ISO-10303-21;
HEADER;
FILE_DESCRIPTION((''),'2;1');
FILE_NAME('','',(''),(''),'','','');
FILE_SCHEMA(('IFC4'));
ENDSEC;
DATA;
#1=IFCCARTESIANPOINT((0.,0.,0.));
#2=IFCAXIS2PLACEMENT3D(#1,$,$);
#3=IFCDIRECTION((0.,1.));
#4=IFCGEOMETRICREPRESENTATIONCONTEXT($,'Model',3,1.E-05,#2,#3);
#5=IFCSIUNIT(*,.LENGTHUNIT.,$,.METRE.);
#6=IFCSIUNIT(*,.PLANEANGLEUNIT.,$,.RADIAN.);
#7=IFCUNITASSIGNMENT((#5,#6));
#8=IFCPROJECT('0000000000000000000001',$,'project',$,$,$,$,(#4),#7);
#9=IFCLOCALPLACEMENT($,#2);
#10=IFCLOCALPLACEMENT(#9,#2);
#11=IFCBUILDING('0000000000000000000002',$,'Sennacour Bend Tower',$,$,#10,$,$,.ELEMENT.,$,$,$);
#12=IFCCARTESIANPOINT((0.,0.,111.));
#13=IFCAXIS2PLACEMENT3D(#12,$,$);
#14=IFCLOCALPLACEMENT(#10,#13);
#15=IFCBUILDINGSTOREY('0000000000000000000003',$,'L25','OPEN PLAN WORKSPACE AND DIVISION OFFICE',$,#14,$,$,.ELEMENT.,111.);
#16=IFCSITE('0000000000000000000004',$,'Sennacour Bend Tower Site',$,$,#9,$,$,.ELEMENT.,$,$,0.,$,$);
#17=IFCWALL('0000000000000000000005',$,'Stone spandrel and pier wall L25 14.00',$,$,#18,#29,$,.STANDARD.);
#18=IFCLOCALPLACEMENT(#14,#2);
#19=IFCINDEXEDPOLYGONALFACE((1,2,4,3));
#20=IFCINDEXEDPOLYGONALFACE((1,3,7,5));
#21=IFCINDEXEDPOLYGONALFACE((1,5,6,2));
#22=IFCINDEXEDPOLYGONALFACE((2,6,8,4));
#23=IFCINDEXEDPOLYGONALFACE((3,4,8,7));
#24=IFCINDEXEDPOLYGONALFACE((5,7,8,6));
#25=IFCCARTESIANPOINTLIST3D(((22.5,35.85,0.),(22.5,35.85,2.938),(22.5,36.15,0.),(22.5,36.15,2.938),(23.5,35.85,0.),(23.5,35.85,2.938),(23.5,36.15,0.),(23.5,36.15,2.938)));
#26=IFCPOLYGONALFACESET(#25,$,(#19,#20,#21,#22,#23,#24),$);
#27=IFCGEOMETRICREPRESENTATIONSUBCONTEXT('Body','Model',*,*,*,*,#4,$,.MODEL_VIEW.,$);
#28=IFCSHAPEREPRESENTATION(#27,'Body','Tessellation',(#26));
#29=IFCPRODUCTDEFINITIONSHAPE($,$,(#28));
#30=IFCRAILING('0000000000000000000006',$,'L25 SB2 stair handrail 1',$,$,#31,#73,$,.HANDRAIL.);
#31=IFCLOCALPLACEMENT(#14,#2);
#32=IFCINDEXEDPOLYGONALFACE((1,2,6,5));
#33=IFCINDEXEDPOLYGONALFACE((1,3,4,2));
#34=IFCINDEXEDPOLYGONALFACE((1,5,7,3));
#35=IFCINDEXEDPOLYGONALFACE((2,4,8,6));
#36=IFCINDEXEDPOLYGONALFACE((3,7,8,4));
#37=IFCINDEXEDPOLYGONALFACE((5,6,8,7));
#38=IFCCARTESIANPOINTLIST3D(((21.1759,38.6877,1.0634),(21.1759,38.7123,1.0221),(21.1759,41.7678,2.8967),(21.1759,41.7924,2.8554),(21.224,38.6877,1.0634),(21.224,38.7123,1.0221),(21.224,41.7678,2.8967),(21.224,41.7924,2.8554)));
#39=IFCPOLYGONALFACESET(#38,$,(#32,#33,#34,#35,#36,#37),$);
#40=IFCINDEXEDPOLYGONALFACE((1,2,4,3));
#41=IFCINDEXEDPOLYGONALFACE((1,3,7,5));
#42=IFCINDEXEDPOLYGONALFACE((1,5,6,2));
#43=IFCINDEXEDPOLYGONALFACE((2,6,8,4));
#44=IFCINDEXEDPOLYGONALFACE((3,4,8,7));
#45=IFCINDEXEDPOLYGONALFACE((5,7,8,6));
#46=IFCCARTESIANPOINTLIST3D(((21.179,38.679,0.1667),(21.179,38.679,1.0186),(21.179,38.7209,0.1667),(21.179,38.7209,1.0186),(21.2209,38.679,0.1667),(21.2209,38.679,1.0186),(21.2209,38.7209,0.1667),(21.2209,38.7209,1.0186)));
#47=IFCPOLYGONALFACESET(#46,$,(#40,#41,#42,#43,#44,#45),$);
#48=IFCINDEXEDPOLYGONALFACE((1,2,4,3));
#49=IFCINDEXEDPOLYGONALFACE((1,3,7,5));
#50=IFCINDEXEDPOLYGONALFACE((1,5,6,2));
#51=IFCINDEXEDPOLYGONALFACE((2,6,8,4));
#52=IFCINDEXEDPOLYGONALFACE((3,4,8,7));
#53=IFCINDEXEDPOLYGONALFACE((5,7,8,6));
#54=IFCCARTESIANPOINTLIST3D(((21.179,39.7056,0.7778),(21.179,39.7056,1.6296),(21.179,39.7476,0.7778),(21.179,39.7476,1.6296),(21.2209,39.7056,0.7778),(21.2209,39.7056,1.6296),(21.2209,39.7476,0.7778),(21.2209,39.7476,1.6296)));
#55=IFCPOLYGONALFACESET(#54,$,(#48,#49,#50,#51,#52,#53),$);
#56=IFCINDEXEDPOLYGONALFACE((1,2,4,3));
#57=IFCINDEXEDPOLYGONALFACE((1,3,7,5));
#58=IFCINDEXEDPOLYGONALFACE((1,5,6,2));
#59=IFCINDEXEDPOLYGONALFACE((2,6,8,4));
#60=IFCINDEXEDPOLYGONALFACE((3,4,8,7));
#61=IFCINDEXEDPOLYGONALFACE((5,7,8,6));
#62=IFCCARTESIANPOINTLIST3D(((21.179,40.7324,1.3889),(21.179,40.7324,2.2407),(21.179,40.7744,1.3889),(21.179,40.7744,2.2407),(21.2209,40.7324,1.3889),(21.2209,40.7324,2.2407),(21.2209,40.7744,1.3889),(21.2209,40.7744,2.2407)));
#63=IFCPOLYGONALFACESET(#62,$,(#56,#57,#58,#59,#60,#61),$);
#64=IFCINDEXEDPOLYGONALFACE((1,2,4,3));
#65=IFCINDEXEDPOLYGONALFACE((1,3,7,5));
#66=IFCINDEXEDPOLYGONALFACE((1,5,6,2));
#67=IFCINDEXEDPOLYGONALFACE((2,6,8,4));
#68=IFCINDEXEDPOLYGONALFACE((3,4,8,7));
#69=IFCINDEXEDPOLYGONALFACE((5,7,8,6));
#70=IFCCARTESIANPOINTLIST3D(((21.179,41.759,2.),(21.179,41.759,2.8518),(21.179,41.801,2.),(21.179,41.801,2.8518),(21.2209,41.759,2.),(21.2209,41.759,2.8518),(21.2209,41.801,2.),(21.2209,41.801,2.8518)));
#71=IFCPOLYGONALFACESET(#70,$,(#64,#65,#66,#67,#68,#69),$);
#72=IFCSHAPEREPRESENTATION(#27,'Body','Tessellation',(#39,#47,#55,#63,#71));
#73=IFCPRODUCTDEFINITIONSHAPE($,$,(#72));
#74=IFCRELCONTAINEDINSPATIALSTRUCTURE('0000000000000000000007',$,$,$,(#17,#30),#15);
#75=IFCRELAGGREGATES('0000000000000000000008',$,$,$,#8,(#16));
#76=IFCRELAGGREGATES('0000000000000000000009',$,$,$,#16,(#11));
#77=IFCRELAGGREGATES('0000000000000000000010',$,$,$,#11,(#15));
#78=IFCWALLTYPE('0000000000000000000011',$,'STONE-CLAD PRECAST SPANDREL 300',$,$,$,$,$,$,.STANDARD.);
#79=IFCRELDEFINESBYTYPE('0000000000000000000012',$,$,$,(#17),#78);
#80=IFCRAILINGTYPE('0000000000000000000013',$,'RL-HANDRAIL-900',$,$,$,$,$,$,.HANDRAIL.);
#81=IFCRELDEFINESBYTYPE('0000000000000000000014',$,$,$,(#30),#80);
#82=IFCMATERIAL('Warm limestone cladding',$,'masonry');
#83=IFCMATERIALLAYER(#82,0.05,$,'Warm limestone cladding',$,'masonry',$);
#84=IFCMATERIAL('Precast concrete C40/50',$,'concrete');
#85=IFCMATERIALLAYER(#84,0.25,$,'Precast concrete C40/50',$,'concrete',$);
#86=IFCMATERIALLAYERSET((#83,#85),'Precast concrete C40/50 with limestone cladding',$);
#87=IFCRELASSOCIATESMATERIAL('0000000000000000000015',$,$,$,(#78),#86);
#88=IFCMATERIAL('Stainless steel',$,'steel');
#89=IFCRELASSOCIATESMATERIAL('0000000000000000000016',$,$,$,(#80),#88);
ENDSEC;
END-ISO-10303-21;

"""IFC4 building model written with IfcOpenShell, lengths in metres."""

from ifc_helpers import new_model, si_unit, direction, frame, frame_2d, origin, origin_2d, place, context, subcontext, project, spatial, rectangle, extrude, material, layer, layer_set, type_object, element, save


model = new_model("IFC4")

# Units and contexts
model_context = context("Model", 3, precision=1e-05, world=origin(), true_north=direction((0.0, 1.0)))
body_context = subcontext(model_context, "Body", "Model", "MODEL_VIEW")
ifc_project = project(units=[si_unit("LENGTHUNIT", "METRE"), si_unit("PLANEANGLEUNIT", "RADIAN")], contexts=[model_context])

# Site, building, storey
site_placement = place(None, origin())
site = spatial("IfcSite", under=ifc_project, at=site_placement, Name="Sennacour Bend Tower Site", CompositionType="ELEMENT", RefElevation=0.0)
building_placement = place(site_placement, origin())
building = spatial("IfcBuilding", under=site, at=building_placement, Name="Sennacour Bend Tower", CompositionType="ELEMENT")
storey_placement = place(building_placement, frame((0.0, 0.0, 111.0)))
storey = spatial("IfcBuildingStorey", under=building, at=storey_placement, Name="L25", Description="OPEN PLAN WORKSPACE AND DIVISION OFFICE", CompositionType="ELEMENT", Elevation=111.0)

# Shared definitions
ifc_material_1 = material(Name="Warm limestone cladding", Category="masonry")
ifc_layer_1 = layer(ifc_material_1, 0.05, Name="Warm limestone cladding", Category="masonry")
ifc_material_2 = material(Name="Precast concrete C40/50", Category="concrete")
ifc_layer_2 = layer(ifc_material_2, 0.25, Name="Precast concrete C40/50", Category="concrete")
ifc_layer_set_1 = layer_set([ifc_layer_1, ifc_layer_2], Name="Precast concrete C40/50 with limestone cladding")
wall_type_1 = type_object("IfcWallType", Name="STONE-CLAD PRECAST SPANDREL 300", PredefinedType="STANDARD", material=ifc_layer_set_1)

# Wall
wall_1_placement = place(storey_placement, frame((23.5, 36.0, 0.0), z_axis=(0.0, 0.0, 1.0), x_axis=(-1.0, 0.0, 0.0)))
element("IfcWall", 1, at=wall_1_placement, inside=storey, type_object=wall_type_1, Name="Stone spandrel and pier wall L25 14.00", PredefinedType="STANDARD", context=body_context, shape_type="SweptSolid", body=[
    extrude(rectangle(XDim=1.0, YDim=0.3, at=frame_2d((0.5, 0.0))), origin(), (0.0, 0.0, 1.0), 2.938),
])

# Railing
ifc_material_3 = material(Name="Stainless steel", Category="steel")
railing_type = type_object("IfcRailingType", Name="RL-HANDRAIL-900", PredefinedType="HANDRAIL", material=ifc_material_3)
railing_placement = place(storey_placement, frame((21.2, 38.7, 0.1667)))
element("IfcRailing", 2, at=railing_placement, inside=storey, type_object=railing_type, Name="L25 SB2 stair handrail 1", PredefinedType="HANDRAIL", context=body_context, shape_type="SweptSolid", body=[
    extrude(rectangle(XDim=0.0481, YDim=0.0481, at=origin_2d()), frame((0.0, 0.0, 0.876), z_axis=(0.0, 0.859309, 0.511458), x_axis=(-1.0, 0.0, 0.0)), (0.0, 0.0, 1.0), 3.5845),
    extrude(rectangle(XDim=0.042, YDim=0.042, at=origin_2d()), origin(), (0.0, 0.0, 1.0), 0.8518),
    extrude(rectangle(XDim=0.042, YDim=0.042, at=origin_2d()), frame((0.0, 1.0266, 0.6111)), (0.0, 0.0, 1.0), 0.8518),
    extrude(rectangle(XDim=0.042, YDim=0.042, at=origin_2d()), frame((0.0, 2.0535, 1.2222)), (0.0, 0.0, 1.0), 0.8518),
    extrude(rectangle(XDim=0.042, YDim=0.042, at=origin_2d()), frame((0.0, 3.0801, 1.8333)), (0.0, 0.0, 1.0), 0.8518),
])

save(model, "model.ifc")
